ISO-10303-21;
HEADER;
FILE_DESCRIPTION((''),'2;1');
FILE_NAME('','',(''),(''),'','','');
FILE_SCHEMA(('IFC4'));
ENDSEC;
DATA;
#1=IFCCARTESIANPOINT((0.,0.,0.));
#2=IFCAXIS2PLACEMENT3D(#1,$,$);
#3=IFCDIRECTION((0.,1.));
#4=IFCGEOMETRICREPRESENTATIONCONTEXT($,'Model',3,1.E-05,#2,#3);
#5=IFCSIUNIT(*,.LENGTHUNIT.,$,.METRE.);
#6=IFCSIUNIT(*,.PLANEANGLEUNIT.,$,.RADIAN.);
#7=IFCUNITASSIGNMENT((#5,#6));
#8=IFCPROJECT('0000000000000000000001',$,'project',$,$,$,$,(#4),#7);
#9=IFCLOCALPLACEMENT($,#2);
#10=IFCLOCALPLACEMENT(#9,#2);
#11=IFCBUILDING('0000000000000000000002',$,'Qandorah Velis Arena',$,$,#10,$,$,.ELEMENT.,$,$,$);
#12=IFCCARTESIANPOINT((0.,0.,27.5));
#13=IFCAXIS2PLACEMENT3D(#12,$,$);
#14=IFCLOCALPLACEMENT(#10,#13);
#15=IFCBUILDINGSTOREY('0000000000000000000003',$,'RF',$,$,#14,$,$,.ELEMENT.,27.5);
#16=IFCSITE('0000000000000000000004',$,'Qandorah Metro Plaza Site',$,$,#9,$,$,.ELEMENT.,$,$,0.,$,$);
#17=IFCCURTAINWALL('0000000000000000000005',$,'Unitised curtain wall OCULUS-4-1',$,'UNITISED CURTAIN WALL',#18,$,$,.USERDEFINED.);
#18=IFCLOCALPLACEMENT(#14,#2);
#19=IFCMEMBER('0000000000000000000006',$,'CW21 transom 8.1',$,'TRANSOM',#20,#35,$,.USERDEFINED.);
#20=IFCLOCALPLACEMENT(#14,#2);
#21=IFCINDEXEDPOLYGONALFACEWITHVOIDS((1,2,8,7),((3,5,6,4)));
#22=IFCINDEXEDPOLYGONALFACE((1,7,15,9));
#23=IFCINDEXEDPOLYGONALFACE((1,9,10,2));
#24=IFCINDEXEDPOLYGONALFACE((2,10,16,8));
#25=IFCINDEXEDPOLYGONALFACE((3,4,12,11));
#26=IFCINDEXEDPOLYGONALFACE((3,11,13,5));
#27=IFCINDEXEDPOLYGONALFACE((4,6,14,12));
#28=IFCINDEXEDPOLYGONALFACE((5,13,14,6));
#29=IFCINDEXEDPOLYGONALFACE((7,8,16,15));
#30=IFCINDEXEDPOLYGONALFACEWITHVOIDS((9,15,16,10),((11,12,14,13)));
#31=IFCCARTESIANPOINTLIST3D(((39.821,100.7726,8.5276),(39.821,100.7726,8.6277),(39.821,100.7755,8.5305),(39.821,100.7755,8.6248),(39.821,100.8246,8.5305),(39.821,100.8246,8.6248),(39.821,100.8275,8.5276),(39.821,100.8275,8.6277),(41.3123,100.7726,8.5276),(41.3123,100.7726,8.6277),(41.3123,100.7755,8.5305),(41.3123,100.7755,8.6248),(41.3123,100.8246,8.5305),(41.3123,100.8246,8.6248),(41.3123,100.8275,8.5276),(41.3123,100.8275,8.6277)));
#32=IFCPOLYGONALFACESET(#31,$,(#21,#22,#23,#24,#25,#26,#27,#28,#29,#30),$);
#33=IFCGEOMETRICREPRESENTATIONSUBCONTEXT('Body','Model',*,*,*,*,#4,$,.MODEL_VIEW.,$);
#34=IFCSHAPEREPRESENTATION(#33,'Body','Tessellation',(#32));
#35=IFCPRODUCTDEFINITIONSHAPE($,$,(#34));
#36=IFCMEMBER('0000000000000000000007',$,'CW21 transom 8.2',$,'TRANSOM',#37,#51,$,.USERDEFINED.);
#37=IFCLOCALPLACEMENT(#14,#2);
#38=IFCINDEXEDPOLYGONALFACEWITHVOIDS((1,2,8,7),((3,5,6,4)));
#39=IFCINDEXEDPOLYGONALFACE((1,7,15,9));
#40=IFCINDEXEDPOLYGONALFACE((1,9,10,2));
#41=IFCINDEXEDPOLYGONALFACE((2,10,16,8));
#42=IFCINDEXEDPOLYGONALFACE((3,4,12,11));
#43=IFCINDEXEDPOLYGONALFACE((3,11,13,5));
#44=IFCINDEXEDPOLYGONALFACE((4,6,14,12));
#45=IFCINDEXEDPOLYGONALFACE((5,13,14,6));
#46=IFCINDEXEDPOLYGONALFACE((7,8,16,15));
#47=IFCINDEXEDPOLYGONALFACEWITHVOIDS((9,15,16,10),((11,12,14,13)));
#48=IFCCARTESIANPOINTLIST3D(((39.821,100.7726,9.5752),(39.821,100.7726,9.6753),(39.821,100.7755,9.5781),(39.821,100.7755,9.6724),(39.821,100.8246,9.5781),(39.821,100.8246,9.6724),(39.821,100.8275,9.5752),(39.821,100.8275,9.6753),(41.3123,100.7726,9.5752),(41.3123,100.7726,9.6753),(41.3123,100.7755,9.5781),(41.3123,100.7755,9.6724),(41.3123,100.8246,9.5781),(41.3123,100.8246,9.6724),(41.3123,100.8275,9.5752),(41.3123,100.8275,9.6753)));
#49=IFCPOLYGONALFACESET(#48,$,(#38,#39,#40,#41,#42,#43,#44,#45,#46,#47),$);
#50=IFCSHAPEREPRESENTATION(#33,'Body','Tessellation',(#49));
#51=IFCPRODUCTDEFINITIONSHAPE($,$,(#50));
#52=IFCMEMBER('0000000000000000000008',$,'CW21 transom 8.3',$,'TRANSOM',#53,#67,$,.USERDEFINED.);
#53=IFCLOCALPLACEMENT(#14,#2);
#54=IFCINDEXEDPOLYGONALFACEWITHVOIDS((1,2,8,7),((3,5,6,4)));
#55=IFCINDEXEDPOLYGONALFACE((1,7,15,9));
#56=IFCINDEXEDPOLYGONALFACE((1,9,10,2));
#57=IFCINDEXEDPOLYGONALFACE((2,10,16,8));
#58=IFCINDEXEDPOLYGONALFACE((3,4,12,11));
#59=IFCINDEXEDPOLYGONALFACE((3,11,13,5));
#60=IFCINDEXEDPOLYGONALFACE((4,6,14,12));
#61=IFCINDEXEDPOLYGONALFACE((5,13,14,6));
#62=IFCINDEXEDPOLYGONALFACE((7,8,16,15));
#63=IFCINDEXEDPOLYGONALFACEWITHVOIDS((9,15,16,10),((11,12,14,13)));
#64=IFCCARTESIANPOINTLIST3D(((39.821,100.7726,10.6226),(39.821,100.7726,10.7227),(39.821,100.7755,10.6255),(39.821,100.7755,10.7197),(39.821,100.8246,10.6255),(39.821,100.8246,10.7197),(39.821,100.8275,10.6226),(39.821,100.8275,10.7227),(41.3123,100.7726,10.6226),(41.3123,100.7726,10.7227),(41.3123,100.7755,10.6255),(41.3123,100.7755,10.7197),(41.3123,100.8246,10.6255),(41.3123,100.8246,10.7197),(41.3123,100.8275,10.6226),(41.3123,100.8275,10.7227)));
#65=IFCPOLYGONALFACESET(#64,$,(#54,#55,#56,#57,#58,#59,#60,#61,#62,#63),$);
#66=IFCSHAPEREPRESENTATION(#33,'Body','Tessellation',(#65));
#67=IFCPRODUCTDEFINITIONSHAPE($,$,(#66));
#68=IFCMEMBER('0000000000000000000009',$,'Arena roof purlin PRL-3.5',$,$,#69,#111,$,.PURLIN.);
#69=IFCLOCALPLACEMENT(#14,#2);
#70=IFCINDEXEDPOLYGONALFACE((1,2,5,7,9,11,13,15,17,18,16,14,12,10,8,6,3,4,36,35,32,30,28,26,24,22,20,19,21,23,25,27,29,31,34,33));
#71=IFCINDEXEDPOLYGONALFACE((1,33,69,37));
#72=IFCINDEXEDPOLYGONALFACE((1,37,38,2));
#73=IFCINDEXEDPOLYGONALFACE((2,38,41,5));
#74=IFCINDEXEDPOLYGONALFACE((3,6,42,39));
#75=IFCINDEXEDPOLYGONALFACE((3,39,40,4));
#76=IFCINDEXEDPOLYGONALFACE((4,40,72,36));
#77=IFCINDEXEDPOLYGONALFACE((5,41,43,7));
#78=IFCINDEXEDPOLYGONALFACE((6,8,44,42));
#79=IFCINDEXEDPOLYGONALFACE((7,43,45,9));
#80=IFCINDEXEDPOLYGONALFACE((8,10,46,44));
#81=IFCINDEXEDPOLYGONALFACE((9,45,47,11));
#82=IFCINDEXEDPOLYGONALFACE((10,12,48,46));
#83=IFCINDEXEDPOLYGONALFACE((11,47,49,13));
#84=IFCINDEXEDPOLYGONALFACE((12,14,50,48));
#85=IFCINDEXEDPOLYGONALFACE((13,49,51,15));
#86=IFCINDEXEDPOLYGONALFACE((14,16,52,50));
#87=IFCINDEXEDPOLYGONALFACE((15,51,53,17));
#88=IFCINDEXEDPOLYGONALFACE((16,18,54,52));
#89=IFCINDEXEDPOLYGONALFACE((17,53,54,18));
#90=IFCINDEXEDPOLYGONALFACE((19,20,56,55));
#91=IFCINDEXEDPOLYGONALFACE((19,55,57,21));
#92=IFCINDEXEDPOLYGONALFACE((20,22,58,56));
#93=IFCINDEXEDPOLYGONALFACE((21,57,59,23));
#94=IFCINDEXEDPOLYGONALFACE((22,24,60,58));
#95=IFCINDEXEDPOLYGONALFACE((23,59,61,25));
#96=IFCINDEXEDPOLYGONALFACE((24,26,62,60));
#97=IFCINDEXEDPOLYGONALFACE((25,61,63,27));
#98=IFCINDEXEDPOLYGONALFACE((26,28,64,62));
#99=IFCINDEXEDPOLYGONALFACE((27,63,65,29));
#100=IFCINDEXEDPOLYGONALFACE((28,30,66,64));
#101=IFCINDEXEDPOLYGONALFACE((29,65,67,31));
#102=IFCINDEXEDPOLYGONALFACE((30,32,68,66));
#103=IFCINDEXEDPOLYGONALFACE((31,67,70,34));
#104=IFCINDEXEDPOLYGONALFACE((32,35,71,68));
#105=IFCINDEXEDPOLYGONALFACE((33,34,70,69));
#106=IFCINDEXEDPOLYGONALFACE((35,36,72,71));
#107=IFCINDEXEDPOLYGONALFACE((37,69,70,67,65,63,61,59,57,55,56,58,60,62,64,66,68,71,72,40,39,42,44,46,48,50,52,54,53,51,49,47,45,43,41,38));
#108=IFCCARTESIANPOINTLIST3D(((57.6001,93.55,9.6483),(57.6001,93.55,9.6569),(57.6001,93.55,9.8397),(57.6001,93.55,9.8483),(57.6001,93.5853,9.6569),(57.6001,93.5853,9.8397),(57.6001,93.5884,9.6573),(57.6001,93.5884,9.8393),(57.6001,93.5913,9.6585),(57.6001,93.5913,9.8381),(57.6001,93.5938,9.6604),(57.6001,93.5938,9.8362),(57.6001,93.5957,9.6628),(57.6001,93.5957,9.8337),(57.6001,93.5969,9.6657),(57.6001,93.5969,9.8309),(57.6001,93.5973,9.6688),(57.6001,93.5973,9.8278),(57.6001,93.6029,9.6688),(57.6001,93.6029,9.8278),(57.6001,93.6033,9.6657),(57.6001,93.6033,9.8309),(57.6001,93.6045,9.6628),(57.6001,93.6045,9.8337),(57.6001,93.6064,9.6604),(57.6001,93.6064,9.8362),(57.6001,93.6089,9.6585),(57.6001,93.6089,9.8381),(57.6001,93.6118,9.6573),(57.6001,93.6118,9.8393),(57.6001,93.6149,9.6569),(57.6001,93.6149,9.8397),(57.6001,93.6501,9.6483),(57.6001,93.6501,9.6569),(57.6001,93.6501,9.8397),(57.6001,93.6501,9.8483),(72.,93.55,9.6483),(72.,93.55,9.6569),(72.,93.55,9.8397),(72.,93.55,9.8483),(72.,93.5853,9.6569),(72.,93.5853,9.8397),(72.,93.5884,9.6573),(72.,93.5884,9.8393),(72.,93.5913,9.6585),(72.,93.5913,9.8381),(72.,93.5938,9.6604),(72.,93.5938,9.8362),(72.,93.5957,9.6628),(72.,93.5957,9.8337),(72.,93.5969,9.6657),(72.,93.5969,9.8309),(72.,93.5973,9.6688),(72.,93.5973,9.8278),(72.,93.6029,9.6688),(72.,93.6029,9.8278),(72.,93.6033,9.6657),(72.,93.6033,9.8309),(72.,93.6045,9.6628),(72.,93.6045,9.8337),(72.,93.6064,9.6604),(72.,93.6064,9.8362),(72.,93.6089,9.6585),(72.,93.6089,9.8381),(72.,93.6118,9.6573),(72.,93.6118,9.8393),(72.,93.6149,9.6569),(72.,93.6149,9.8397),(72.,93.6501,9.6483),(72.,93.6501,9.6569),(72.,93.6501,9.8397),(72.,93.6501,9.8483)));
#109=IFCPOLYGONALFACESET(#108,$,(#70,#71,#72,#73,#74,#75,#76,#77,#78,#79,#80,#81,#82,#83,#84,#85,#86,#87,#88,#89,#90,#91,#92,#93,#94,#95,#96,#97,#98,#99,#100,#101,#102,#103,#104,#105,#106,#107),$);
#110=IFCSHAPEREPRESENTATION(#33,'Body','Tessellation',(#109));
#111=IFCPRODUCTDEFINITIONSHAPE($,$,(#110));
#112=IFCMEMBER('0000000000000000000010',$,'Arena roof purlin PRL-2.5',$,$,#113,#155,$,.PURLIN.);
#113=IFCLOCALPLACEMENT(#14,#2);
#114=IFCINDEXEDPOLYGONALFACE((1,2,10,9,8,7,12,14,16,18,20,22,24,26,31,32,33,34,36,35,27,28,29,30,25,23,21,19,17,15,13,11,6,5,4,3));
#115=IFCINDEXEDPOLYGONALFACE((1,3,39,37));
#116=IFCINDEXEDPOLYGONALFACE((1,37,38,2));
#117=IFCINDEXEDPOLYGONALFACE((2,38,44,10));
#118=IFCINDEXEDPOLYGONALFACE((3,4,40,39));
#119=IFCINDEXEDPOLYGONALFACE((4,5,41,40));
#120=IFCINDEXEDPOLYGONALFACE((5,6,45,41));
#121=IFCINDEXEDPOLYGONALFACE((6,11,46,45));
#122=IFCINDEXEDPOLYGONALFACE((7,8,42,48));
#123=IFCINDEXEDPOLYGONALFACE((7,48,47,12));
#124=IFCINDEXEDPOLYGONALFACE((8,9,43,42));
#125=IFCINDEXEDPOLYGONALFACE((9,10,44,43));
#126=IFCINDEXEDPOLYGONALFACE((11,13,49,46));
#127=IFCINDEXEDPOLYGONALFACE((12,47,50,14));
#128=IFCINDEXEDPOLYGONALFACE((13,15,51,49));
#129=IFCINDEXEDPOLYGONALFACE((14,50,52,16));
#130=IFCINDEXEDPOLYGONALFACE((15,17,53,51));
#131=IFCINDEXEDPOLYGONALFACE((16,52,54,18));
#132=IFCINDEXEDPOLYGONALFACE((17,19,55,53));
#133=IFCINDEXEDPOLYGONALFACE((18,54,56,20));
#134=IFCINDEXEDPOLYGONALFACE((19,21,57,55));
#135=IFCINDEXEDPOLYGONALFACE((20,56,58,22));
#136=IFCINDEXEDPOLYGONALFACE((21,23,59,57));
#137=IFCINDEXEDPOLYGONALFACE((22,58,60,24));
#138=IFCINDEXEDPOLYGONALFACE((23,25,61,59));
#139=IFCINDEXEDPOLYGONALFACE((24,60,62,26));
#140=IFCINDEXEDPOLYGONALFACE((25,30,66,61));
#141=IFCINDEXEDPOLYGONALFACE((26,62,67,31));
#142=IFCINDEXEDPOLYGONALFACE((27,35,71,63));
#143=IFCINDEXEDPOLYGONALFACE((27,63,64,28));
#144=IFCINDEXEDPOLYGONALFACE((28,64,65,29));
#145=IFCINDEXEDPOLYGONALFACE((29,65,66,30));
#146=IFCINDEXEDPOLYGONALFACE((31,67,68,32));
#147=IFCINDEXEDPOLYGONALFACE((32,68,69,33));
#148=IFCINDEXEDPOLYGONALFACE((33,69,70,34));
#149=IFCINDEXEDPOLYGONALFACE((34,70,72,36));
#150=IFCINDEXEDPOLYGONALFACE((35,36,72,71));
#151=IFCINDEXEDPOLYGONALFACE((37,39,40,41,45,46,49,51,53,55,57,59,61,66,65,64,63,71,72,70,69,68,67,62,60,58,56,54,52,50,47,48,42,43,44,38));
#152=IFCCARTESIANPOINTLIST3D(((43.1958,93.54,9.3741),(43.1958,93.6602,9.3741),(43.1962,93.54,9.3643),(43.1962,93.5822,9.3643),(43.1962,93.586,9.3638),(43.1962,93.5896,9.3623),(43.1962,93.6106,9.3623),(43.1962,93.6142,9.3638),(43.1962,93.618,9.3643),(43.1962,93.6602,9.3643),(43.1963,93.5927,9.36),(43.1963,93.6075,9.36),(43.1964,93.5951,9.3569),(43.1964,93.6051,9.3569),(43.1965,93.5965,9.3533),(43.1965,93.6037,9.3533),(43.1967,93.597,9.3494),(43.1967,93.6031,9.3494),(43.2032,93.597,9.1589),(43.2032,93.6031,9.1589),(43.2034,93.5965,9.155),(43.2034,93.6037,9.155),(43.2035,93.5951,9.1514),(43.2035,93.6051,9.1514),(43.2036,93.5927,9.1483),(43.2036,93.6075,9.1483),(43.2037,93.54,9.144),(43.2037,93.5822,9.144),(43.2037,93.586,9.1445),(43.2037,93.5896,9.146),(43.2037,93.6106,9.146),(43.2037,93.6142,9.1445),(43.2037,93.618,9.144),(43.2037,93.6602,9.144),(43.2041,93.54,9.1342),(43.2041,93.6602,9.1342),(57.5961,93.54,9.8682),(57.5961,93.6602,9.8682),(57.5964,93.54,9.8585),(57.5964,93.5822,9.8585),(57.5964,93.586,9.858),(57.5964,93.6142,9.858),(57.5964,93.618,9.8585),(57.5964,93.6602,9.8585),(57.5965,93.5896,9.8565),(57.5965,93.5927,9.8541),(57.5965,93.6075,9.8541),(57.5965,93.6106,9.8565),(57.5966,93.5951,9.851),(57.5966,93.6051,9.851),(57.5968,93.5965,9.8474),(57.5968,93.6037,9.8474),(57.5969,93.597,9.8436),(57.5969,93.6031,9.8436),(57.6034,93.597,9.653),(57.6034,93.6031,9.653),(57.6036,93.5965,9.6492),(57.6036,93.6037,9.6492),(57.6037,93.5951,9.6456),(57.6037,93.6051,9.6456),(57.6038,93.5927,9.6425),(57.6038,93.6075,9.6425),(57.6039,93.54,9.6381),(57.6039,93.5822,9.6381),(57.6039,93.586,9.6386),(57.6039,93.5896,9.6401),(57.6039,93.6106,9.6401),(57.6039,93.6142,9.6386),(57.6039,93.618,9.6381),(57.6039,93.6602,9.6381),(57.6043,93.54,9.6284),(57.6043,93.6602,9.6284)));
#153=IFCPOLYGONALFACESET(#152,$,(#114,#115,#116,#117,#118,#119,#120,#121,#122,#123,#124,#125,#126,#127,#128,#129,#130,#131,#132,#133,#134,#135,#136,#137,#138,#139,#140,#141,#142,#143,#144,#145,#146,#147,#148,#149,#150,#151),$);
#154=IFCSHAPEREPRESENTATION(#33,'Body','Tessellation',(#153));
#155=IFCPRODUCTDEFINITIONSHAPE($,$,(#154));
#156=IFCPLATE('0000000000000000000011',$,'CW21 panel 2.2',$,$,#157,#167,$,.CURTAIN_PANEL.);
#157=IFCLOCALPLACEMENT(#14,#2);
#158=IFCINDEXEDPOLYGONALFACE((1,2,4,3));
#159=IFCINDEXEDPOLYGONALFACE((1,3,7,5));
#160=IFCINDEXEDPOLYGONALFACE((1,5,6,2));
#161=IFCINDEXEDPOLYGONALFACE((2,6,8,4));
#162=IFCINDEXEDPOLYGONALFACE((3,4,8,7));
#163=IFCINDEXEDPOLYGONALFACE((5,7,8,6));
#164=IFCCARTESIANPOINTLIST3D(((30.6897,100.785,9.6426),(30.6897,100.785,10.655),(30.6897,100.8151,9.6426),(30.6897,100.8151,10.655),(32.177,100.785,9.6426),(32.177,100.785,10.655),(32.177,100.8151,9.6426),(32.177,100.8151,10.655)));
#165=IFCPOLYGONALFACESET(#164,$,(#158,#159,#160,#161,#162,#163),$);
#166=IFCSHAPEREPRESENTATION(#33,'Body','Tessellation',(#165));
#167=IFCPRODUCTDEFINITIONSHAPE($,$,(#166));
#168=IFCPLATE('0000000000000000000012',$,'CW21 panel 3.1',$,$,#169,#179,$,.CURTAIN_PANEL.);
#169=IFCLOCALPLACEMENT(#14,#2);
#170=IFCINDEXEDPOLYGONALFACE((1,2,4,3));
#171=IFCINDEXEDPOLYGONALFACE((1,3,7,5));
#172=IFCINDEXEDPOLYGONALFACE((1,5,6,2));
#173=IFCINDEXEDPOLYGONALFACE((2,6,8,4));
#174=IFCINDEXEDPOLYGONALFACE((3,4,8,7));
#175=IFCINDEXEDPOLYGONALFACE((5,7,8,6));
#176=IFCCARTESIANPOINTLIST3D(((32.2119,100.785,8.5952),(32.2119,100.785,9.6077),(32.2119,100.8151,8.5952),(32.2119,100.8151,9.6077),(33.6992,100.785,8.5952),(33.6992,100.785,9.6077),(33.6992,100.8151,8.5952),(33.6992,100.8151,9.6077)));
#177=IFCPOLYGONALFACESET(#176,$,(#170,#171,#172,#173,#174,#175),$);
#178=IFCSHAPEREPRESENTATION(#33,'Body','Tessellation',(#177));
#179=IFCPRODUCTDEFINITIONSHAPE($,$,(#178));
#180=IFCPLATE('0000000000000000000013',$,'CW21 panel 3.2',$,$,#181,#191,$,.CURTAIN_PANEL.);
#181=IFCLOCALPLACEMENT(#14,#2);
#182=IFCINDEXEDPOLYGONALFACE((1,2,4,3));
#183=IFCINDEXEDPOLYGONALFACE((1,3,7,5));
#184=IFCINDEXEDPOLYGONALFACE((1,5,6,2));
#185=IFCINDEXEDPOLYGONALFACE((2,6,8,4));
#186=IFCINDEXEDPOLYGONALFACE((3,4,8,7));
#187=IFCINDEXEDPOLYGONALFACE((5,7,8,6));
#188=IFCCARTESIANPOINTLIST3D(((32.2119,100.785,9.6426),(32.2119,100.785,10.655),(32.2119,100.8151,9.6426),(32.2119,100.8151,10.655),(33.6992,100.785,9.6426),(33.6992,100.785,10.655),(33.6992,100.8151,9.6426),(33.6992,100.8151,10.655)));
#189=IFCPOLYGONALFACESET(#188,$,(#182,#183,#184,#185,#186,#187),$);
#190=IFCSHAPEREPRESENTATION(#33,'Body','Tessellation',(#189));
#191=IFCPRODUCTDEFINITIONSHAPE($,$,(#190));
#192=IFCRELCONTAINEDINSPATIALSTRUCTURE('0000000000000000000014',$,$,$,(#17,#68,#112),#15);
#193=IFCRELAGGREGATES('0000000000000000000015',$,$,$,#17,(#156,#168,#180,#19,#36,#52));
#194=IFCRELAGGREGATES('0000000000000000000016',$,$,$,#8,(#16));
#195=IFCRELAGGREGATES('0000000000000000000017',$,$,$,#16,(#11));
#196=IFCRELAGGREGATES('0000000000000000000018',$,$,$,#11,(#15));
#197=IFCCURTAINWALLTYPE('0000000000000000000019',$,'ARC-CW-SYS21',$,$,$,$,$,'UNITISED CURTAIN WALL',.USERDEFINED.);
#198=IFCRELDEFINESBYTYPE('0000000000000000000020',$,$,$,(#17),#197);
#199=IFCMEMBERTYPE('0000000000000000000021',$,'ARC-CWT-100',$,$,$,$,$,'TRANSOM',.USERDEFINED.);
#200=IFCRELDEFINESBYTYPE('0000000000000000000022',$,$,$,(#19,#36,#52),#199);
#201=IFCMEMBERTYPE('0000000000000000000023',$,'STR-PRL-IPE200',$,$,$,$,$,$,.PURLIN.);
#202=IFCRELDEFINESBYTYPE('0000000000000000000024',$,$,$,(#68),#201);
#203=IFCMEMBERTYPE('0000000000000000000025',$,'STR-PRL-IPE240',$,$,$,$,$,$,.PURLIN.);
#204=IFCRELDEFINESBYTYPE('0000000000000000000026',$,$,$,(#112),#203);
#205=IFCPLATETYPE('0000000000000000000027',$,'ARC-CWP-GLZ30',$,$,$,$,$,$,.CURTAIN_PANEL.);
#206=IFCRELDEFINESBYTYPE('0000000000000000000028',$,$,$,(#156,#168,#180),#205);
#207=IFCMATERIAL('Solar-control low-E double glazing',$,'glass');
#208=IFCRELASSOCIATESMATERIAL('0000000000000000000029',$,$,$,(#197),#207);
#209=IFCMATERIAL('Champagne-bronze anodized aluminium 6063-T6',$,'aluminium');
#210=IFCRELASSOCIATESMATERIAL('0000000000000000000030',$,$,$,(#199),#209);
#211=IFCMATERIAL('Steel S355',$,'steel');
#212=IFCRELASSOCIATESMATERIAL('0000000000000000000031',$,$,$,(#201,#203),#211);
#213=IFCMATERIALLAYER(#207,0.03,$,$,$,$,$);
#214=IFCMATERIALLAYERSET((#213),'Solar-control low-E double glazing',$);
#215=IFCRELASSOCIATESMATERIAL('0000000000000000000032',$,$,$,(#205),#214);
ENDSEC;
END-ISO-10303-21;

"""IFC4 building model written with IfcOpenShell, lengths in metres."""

from ifc_helpers import new_model, si_unit, direction, frame, origin, origin_2d, place, context, subcontext, project, spatial, rectangle, hollow_rectangle, i_section, extrude, material, layer, layer_set, material_profile, profile_set, type_object, element, aggregate, save


model = new_model("IFC4")

# Units and contexts
model_context = context("Model", 3, precision=1e-05, world=origin(), true_north=direction((0.0, 1.0)))
body_context = subcontext(model_context, "Body", "Model", "MODEL_VIEW")
ifc_project = project(units=[si_unit("LENGTHUNIT", "METRE"), si_unit("PLANEANGLEUNIT", "RADIAN")], contexts=[model_context])

# Site, building, storey
site_placement = place(None, origin())
site = spatial("IfcSite", under=ifc_project, at=site_placement, Name="Qandorah Metro Plaza Site", CompositionType="ELEMENT", RefElevation=0.0)
building_placement = place(site_placement, origin())
building = spatial("IfcBuilding", under=site, at=building_placement, Name="Qandorah Velis Arena", CompositionType="ELEMENT")
storey_placement = place(building_placement, frame((0.0, 0.0, 27.5)))
storey = spatial("IfcBuildingStorey", under=building, at=storey_placement, Name="RF", CompositionType="ELEMENT", Elevation=27.5)

# Curtain wall, members
ifc_material_1 = material(Name="Solar-control low-E double glazing", Category="glass")
curtain_wall_type = type_object("IfcCurtainWallType", Name="ARC-CW-SYS21", ElementType="UNITISED CURTAIN WALL", PredefinedType="USERDEFINED", material=ifc_material_1)
curtain_wall_placement = place(storey_placement, origin())
curtain_wall = element("IfcCurtainWall", 1, at=curtain_wall_placement, inside=storey, type_object=curtain_wall_type, Name="Unitised curtain wall OCULUS-4-1", ObjectType="UNITISED CURTAIN WALL", PredefinedType="USERDEFINED")
ifc_material_2 = material(Name="Champagne-bronze anodized aluminium 6063-T6", Category="aluminium")
ifc_material_profile_1 = material_profile(ifc_material_2, hollow_rectangle(XDim=0.0549, YDim=0.1001, WallThickness=0.0029, at=origin_2d()), Name="ALU TRANSOM 55x100")
ifc_profile_set_1 = profile_set([ifc_material_profile_1], Name="Champagne-bronze anodized aluminium 6063-T6")
member_type_1 = type_object("IfcMemberType", Name="ARC-CWT-100", ElementType="TRANSOM", PredefinedType="USERDEFINED", material=ifc_profile_set_1)
member_1_placement = place(storey_placement, frame((39.821, 100.8, 8.5776), z_axis=(1.0, 0.0, 0.0), x_axis=(0.0, 1.0, 0.0)))
member_1 = element("IfcMember", 2, at=member_1_placement, type_object=member_type_1, Name="CW21 transom 8.1", ObjectType="TRANSOM", PredefinedType="USERDEFINED", context=body_context, shape_type="SweptSolid", body=[
    extrude(hollow_rectangle(XDim=0.0549, YDim=0.1001, WallThickness=0.0029, at=origin_2d()), origin(), (0.0, 0.0, 1.0), 1.4912),
])
member_2_placement = place(storey_placement, frame((39.821, 100.8, 9.6252), z_axis=(1.0, 0.0, 0.0), x_axis=(0.0, 1.0, 0.0)))
member_2 = element("IfcMember", 3, at=member_2_placement, type_object=member_type_1, Name="CW21 transom 8.2", ObjectType="TRANSOM", PredefinedType="USERDEFINED", context=body_context, shape_type="SweptSolid", body=[
    extrude(hollow_rectangle(XDim=0.0549, YDim=0.1001, WallThickness=0.0029, at=origin_2d()), origin(), (0.0, 0.0, 1.0), 1.4912),
])
member_3_placement = place(storey_placement, frame((39.821, 100.8, 10.6726), z_axis=(1.0, 0.0, 0.0), x_axis=(0.0, 1.0, 0.0)))
member_3 = element("IfcMember", 4, at=member_3_placement, type_object=member_type_1, Name="CW21 transom 8.3", ObjectType="TRANSOM", PredefinedType="USERDEFINED", context=body_context, shape_type="SweptSolid", body=[
    extrude(hollow_rectangle(XDim=0.0549, YDim=0.1001, WallThickness=0.0029, at=origin_2d()), origin(), (0.0, 0.0, 1.0), 1.4912),
])

# Members
ifc_material_3 = material(Name="Steel S355", Category="steel")
ifc_material_profile_2 = material_profile(ifc_material_3, i_section(OverallWidth=0.1001, OverallDepth=0.2, WebThickness=0.0056, FlangeThickness=0.0085, FilletRadius=0.012, at=origin_2d()), Name="IPE 200")
ifc_profile_set_2 = profile_set([ifc_material_profile_2], Name="Steel S355")
member_type_2 = type_object("IfcMemberType", Name="STR-PRL-IPE200", PredefinedType="PURLIN", material=ifc_profile_set_2)
member_4_placement = place(storey_placement, frame((57.6001, 93.6001, 9.7483), z_axis=(1.0, 0.0, 0.0), x_axis=(0.0, 1.0, 0.0)))
element("IfcMember", 5, at=member_4_placement, inside=storey, type_object=member_type_2, Name="Arena roof purlin PRL-3.5", PredefinedType="PURLIN", context=body_context, shape_type="SweptSolid", body=[
    extrude(i_section(OverallWidth=0.1001, OverallDepth=0.2, WebThickness=0.0056, FlangeThickness=0.0085, FilletRadius=0.012, at=origin_2d()), origin(), (0.0, 0.0, 1.0), 14.3999),
])
ifc_material_profile_3 = material_profile(ifc_material_3, i_section(OverallWidth=0.1201, OverallDepth=0.24, WebThickness=0.0061, FlangeThickness=0.0098, FilletRadius=0.0149, at=origin_2d()), Name="IPE 240")
ifc_profile_set_3 = profile_set([ifc_material_profile_3], Name="Steel S355")
member_type_3 = type_object("IfcMemberType", Name="STR-PRL-IPE240", PredefinedType="PURLIN", material=ifc_profile_set_3)
member_5_placement = place(storey_placement, frame((43.2, 93.6001, 9.2542), z_axis=(0.999412, 0.0, 0.034295), x_axis=(0.0, 1.0, 0.0)))
element("IfcMember", 6, at=member_5_placement, inside=storey, type_object=member_type_3, Name="Arena roof purlin PRL-2.5", PredefinedType="PURLIN", context=body_context, shape_type="SweptSolid", body=[
    extrude(i_section(OverallWidth=0.1201, OverallDepth=0.24, WebThickness=0.0061, FlangeThickness=0.0098, FilletRadius=0.0149, at=origin_2d()), origin(), (0.0, 0.0, 1.0), 14.4087),
])

# Plates
ifc_layer = layer(ifc_material_1, 0.03)
ifc_layer_set = layer_set([ifc_layer], Name="Solar-control low-E double glazing")
plate_type = type_object("IfcPlateType", Name="ARC-CWP-GLZ30", PredefinedType="CURTAIN_PANEL", material=ifc_layer_set)
plate_1_placement = place(storey_placement, frame((31.4333, 100.8, 9.6426), z_axis=(0.0, 0.0, 1.0), x_axis=(1.0, 0.0, 0.0)))
plate_1 = element("IfcPlate", 7, at=plate_1_placement, type_object=plate_type, Name="CW21 panel 2.2", PredefinedType="CURTAIN_PANEL", context=body_context, shape_type="SweptSolid", body=[
    extrude(rectangle(XDim=1.4873, YDim=0.03, at=origin_2d()), origin(), (0.0, 0.0, 1.0), 1.0125),
])
plate_2_placement = place(storey_placement, frame((32.9556, 100.8, 8.5952), z_axis=(0.0, 0.0, 1.0), x_axis=(1.0, 0.0, 0.0)))
plate_2 = element("IfcPlate", 8, at=plate_2_placement, type_object=plate_type, Name="CW21 panel 3.1", PredefinedType="CURTAIN_PANEL", context=body_context, shape_type="SweptSolid", body=[
    extrude(rectangle(XDim=1.4873, YDim=0.03, at=origin_2d()), origin(), (0.0, 0.0, 1.0), 1.0125),
])
plate_3_placement = place(storey_placement, frame((32.9556, 100.8, 9.6426), z_axis=(0.0, 0.0, 1.0), x_axis=(1.0, 0.0, 0.0)))
plate_3 = element("IfcPlate", 9, at=plate_3_placement, type_object=plate_type, Name="CW21 panel 3.2", PredefinedType="CURTAIN_PANEL", context=body_context, shape_type="SweptSolid", body=[
    extrude(rectangle(XDim=1.4873, YDim=0.03, at=origin_2d()), origin(), (0.0, 0.0, 1.0), 1.0125),
])
aggregate(curtain_wall, [plate_1, plate_2, plate_3, member_1, member_2, member_3])

save(model, "model.ifc")
